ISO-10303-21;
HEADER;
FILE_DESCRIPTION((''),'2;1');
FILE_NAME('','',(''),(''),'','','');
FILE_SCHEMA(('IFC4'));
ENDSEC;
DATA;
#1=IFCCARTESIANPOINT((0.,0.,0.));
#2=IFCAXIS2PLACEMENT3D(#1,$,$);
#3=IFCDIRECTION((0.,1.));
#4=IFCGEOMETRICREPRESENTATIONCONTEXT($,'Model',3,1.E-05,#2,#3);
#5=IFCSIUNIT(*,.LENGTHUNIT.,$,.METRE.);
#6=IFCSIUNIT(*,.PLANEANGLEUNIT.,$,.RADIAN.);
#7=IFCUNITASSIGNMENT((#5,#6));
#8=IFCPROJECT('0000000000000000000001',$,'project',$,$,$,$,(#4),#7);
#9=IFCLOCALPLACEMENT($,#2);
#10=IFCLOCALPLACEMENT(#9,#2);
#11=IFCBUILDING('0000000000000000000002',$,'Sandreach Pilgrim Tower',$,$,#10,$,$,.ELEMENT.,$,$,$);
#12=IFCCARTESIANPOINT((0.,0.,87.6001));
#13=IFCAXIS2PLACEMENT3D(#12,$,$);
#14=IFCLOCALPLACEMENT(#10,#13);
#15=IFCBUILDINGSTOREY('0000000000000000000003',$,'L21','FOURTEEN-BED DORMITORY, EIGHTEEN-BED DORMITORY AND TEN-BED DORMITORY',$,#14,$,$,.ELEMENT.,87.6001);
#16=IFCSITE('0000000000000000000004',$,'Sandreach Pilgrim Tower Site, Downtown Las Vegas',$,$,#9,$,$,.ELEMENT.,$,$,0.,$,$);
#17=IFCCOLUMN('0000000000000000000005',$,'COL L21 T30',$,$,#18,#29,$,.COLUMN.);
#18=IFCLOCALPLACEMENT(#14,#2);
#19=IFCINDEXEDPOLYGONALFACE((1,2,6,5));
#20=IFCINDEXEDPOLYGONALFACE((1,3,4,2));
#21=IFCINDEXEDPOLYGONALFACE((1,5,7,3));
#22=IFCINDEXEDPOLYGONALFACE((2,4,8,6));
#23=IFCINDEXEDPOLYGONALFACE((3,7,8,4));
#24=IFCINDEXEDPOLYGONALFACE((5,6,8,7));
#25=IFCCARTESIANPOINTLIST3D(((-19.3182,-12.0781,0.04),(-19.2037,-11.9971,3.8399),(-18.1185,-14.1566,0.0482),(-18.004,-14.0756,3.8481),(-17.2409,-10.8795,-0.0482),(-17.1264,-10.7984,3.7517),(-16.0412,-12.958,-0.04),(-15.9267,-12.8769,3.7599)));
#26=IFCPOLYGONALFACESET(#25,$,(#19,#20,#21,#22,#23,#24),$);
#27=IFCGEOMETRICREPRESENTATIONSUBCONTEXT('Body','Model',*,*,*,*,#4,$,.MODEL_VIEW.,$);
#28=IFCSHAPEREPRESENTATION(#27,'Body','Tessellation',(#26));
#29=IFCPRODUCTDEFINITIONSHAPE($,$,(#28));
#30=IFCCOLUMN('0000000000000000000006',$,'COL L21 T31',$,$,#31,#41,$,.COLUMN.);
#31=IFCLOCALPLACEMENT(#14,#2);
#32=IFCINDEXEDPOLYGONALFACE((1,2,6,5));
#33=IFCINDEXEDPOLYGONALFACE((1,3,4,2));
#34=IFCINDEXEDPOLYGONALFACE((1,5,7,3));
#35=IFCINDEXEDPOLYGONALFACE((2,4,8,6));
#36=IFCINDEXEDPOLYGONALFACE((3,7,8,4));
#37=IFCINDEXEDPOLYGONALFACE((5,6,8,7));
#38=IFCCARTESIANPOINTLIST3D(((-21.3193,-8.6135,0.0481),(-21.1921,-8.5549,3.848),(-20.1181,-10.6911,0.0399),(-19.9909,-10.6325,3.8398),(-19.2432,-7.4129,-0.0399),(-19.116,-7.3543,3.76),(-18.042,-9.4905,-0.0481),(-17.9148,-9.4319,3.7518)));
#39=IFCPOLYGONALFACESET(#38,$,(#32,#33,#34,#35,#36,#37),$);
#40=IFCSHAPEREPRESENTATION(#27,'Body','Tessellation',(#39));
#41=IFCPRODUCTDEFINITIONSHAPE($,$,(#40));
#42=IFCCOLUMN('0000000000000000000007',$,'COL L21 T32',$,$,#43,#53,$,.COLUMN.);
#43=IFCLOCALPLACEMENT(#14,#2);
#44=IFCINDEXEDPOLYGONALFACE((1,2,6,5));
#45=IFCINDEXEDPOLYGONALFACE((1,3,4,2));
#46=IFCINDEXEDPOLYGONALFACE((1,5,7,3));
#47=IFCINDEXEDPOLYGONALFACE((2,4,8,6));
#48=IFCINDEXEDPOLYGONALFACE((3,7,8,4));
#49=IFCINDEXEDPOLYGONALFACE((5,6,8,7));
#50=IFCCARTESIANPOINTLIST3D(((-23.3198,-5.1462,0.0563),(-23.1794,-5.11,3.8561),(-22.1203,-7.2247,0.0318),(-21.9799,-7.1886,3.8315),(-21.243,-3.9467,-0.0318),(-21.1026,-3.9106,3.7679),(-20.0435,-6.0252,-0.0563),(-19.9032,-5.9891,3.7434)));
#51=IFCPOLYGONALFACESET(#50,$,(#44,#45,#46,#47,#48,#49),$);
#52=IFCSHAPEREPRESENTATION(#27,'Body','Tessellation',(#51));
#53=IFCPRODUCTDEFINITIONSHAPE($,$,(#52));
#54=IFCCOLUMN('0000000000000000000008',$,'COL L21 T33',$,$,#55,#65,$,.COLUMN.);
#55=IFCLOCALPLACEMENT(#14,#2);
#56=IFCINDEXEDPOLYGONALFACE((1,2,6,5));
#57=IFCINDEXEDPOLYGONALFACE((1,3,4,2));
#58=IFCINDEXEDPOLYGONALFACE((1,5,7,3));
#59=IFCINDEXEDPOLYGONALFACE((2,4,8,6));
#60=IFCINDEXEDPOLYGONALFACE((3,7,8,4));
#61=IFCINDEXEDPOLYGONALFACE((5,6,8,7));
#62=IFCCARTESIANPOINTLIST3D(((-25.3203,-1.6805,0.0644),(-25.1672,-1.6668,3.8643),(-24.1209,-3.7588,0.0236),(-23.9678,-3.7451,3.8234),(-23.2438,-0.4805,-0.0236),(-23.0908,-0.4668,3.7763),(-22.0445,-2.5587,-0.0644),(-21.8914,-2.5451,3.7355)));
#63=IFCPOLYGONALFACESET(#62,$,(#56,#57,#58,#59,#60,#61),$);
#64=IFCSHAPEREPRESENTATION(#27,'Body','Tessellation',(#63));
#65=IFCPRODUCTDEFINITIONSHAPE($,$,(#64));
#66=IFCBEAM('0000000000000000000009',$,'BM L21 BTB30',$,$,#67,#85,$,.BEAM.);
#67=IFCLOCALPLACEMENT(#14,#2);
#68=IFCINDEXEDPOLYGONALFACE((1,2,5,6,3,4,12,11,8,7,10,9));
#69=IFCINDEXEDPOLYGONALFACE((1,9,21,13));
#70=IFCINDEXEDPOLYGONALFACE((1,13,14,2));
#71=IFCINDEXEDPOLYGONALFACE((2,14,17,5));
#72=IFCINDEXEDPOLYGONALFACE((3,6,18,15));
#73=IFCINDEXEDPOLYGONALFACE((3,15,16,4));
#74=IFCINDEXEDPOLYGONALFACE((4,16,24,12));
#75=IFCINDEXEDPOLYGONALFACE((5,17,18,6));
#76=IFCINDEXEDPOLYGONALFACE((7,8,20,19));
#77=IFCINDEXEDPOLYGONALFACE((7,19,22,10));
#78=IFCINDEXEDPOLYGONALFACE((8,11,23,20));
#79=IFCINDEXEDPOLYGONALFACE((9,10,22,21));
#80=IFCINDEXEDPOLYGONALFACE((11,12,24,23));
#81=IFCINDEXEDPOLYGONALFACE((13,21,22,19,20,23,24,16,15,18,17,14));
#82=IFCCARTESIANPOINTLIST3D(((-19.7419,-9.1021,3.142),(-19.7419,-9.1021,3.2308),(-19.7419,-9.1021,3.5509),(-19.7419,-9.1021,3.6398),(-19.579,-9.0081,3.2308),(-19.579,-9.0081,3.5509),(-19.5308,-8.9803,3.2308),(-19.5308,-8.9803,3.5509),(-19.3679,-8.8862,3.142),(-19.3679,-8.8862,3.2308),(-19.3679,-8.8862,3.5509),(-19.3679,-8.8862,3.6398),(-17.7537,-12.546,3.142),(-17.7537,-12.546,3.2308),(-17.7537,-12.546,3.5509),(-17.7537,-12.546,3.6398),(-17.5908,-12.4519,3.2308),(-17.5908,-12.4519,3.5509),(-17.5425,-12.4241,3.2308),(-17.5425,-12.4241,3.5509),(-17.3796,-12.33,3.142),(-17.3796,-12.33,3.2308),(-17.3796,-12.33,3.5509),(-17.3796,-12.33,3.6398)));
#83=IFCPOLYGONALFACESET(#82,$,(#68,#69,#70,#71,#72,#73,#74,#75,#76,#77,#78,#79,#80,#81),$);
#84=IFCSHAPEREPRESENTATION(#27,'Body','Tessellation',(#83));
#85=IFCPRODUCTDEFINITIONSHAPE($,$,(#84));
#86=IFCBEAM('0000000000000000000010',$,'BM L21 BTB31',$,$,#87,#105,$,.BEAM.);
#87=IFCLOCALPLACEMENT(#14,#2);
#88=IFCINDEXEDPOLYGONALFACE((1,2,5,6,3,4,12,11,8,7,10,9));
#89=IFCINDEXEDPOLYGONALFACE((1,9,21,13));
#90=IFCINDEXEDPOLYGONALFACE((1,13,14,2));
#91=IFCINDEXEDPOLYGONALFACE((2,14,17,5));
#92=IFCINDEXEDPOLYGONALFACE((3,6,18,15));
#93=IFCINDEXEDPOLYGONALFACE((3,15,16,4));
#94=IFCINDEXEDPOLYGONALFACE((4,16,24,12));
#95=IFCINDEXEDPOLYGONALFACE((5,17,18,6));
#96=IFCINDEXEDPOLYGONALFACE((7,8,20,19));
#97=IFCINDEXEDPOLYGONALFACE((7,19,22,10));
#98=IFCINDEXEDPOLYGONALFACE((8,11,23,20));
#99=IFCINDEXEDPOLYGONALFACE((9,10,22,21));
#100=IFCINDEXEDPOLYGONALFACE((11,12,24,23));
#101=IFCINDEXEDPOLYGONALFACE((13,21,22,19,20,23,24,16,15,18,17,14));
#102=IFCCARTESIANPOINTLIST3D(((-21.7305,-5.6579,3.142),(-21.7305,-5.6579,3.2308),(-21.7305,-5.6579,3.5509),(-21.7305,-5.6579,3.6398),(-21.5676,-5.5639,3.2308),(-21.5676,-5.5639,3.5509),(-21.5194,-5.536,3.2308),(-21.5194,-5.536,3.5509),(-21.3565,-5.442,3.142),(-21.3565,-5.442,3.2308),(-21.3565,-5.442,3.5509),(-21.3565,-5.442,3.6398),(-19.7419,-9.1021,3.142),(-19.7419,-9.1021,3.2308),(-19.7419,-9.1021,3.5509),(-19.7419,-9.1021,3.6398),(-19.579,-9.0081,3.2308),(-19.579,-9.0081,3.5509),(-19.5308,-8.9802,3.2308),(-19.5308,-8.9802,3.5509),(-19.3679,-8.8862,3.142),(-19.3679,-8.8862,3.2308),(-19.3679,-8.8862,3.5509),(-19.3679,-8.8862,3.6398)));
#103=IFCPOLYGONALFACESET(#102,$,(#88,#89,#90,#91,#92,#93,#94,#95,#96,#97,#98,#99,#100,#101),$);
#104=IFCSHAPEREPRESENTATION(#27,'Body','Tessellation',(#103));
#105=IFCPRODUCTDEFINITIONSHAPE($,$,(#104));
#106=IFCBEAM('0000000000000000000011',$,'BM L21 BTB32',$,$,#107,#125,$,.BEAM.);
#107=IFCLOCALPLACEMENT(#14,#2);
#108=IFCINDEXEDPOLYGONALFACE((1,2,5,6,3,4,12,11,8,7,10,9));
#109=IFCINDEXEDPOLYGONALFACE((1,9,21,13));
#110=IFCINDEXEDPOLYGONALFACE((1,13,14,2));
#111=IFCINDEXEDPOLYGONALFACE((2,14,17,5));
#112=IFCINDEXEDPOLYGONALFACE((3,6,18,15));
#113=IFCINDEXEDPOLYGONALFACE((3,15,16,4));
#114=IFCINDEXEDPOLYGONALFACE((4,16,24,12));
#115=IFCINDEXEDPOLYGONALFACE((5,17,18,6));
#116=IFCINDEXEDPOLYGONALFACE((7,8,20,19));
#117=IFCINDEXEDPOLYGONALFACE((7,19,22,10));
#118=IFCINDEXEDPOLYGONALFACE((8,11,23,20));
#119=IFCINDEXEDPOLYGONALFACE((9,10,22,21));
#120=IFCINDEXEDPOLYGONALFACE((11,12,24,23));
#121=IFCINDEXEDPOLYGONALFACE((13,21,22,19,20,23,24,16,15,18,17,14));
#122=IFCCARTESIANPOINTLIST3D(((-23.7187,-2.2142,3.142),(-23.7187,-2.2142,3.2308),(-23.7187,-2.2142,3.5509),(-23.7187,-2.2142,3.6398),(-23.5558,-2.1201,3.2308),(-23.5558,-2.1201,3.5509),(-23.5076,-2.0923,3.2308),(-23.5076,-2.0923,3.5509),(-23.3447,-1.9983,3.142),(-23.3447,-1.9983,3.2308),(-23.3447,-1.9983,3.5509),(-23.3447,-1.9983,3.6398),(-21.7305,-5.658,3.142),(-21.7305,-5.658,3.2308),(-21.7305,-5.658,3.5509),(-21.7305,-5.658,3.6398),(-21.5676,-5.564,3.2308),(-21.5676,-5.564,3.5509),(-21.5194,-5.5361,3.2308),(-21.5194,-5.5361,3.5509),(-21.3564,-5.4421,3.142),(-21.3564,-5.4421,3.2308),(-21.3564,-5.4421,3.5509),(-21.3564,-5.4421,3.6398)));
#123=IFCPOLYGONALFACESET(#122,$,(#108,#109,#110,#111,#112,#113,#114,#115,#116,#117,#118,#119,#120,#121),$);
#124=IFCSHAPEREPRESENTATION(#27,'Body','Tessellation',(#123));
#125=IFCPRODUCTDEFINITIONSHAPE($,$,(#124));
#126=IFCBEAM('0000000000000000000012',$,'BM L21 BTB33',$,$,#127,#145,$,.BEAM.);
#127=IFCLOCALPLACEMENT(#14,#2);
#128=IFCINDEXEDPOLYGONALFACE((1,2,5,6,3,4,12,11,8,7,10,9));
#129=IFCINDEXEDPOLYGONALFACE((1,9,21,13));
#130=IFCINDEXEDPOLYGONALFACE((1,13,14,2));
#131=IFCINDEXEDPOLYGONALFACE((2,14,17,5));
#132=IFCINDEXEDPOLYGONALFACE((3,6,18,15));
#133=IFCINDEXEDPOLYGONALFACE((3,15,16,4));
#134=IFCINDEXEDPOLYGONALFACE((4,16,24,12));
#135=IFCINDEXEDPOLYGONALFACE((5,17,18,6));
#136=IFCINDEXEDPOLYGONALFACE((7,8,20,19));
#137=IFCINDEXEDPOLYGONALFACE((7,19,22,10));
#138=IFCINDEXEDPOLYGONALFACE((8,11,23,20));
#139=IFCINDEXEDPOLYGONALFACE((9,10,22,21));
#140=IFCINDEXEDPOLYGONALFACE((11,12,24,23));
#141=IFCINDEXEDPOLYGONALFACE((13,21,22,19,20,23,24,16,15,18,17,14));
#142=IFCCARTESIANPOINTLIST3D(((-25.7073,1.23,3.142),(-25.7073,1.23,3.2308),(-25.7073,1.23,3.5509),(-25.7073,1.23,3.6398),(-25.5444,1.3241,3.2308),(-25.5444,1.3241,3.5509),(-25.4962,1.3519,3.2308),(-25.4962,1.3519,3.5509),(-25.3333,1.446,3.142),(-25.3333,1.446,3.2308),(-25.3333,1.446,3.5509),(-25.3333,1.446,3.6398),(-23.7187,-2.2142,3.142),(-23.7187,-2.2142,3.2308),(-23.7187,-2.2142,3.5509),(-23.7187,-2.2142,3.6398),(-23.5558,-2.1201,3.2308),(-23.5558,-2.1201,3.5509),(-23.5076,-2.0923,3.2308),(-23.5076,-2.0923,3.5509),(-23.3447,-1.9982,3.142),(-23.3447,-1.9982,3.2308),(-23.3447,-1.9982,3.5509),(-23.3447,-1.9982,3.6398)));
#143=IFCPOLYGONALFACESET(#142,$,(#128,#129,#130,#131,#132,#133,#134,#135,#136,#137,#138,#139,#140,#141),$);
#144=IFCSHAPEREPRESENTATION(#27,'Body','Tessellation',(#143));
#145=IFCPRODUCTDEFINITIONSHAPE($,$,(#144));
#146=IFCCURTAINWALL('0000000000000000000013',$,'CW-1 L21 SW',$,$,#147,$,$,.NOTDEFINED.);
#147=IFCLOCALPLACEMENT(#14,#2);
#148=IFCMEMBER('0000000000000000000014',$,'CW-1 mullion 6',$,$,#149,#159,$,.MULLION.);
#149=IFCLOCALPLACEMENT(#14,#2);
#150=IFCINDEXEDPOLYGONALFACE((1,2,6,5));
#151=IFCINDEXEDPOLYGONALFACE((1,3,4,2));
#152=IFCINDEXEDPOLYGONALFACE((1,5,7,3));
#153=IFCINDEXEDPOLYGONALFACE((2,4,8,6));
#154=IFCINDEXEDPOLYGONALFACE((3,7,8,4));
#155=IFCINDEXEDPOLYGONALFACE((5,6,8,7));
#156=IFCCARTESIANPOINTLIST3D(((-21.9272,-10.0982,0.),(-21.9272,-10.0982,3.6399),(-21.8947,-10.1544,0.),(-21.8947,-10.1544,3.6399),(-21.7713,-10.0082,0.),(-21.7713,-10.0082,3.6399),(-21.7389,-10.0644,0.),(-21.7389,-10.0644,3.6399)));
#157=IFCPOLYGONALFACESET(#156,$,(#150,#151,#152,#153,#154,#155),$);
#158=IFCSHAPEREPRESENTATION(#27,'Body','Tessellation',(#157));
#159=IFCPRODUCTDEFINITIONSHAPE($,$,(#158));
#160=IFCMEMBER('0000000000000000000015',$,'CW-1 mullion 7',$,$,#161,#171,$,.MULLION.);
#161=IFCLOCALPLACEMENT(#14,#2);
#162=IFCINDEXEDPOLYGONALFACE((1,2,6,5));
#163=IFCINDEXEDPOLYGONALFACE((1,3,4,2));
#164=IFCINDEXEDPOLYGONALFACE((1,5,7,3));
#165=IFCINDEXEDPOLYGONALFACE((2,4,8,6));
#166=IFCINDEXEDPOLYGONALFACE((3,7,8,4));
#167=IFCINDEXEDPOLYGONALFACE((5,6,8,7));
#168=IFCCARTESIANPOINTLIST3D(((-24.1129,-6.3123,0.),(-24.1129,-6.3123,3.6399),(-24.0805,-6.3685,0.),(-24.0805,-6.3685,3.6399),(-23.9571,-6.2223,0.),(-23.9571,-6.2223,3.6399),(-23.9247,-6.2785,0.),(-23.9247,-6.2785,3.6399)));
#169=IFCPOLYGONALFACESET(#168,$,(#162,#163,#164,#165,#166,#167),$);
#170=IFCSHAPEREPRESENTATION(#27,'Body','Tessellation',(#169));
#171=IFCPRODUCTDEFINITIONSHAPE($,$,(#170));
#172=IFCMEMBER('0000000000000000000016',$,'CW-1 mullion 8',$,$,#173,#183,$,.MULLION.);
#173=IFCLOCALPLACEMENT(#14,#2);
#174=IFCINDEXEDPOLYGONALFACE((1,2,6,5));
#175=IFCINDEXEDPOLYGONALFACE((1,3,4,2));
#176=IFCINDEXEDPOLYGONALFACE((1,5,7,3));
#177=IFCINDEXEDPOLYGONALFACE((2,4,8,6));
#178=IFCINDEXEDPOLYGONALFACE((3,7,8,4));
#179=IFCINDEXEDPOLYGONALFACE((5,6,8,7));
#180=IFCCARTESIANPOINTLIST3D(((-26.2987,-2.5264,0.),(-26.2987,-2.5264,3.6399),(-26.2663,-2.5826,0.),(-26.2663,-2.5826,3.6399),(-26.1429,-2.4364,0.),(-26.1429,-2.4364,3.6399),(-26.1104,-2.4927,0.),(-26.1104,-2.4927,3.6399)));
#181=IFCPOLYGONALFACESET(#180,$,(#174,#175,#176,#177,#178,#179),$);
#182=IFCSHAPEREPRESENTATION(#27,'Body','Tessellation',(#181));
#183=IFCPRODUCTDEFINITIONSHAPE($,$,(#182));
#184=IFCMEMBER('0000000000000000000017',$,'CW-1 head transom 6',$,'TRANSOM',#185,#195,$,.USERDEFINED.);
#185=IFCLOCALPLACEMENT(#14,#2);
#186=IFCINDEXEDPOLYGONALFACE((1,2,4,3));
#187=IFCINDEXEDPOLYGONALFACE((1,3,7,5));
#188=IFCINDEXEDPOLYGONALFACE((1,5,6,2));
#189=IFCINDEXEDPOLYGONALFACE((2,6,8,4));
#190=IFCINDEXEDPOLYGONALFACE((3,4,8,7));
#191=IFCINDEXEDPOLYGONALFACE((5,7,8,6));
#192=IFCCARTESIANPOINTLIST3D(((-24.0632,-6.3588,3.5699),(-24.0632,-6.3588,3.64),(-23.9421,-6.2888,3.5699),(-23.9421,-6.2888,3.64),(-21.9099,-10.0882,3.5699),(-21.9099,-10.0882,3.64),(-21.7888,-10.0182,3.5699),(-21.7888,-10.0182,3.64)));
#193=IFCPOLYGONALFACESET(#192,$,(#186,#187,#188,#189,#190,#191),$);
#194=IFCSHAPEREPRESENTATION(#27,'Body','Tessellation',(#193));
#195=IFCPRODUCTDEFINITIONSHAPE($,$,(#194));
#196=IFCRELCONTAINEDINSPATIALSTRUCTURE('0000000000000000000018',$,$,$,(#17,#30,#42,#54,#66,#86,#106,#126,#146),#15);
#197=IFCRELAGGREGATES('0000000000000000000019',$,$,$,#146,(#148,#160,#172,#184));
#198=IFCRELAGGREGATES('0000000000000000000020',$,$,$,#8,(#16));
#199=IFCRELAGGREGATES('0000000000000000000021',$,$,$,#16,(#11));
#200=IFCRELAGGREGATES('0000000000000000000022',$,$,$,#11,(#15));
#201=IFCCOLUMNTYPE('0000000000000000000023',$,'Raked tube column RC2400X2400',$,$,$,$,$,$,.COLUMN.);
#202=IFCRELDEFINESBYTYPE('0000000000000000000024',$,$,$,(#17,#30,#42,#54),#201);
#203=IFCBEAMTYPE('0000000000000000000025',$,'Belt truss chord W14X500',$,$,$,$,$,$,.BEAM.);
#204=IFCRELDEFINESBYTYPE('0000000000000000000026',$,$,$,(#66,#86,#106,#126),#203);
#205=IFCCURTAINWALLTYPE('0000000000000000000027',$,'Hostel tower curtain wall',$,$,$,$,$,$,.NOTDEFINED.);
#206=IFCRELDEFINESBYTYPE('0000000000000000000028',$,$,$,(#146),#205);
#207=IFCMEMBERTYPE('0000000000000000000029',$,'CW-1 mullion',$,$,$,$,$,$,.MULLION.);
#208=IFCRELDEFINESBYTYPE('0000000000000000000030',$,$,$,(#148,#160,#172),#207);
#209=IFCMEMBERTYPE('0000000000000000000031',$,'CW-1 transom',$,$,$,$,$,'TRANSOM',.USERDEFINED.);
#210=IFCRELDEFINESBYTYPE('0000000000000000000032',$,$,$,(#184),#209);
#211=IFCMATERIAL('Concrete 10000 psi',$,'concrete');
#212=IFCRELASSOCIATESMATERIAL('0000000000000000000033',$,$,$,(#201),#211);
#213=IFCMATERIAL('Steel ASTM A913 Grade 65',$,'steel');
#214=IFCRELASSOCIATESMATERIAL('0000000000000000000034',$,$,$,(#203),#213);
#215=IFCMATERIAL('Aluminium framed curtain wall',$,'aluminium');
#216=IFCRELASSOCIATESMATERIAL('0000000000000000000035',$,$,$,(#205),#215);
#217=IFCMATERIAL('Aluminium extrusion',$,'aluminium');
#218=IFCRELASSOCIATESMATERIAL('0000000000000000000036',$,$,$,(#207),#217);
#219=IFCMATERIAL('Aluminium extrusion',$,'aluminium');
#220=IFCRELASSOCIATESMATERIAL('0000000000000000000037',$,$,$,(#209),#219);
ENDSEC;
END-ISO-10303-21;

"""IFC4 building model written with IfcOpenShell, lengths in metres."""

from ifc_helpers import new_model, si_unit, direction, frame, origin, origin_2d, place, context, subcontext, project, spatial, rectangle, i_section, extrude, material, material_profile, profile_set, type_object, element, aggregate, save


model = new_model("IFC4")

# Units and contexts
model_context = context("Model", 3, precision=1e-05, world=origin(), true_north=direction((0.0, 1.0)))
body_context = subcontext(model_context, "Body", "Model", "MODEL_VIEW")
ifc_project = project(units=[si_unit("LENGTHUNIT", "METRE"), si_unit("PLANEANGLEUNIT", "RADIAN")], contexts=[model_context])

# Site, building, storey
site_placement = place(None, origin())
site = spatial("IfcSite", under=ifc_project, at=site_placement, Name="Sandreach Pilgrim Tower Site, Downtown Las Vegas", CompositionType="ELEMENT", RefElevation=0.0)
building_placement = place(site_placement, origin())
building = spatial("IfcBuilding", under=site, at=building_placement, Name="Sandreach Pilgrim Tower", CompositionType="ELEMENT")
storey_placement = place(building_placement, frame((0.0, 0.0, 87.6001)))
storey = spatial("IfcBuildingStorey", under=building, at=storey_placement, Name="L21", Description="FOURTEEN-BED DORMITORY, EIGHTEEN-BED DORMITORY AND TEN-BED DORMITORY", CompositionType="ELEMENT", Elevation=87.6001)

# Columns
ifc_material_1 = material(Name="Concrete 10000 psi", Category="concrete")
ifc_material_profile_1 = material_profile(ifc_material_1, rectangle(XDim=2.3999, YDim=2.3999, at=origin_2d()), Name="RC2400X2400")
ifc_profile_set_1 = profile_set([ifc_material_profile_1], Name="Concrete 10000 psi")
column_type = type_object("IfcColumnType", Name="Raked tube column RC2400X2400", PredefinedType="COLUMN", material=ifc_profile_set_1)
for number, where, z_axis, x_axis, name in (
    (1, (-17.6797, -12.5181, 0.0), (0.030113, 0.021317, 0.999319), (-0.865558, -0.49946, 0.036737), "COL L21 T30"),
    (2, (-19.6807, -9.052, 0.0), (0.033452, 0.01541, 0.999322), (-0.865086, -0.500282, 0.036673), "COL L21 T31"),
    (3, (-21.6816, -5.5857, 0.0), (0.036917, 0.009502, 0.999273), (-0.865363, -0.499798, 0.036723), "COL L21 T32"),
):
    element("IfcColumn", number, at=place(storey_placement, frame(where, z_axis=z_axis, x_axis=x_axis)), inside=storey, type_object=column_type, Name=name, PredefinedType="COLUMN", context=body_context, shape_type="SweptSolid", body=[
        extrude(rectangle(XDim=2.3999, YDim=2.3999, at=origin_2d()), origin(), (0.0, 0.0, 1.0), 3.8025),
    ])
column_placement = place(storey_placement, frame((-23.6824, -2.1196, 0.0), z_axis=(0.040252, 0.003595, 0.999183), x_axis=(-0.865224, -0.500044, 0.036655)))
element("IfcColumn", 4, at=column_placement, inside=storey, type_object=column_type, Name="COL L21 T33", PredefinedType="COLUMN", context=body_context, shape_type="SweptSolid", body=[
    extrude(rectangle(XDim=2.3999, YDim=2.3999, at=origin_2d()), origin(), (0.0, 0.0, 1.0), 3.803),
])

# Beams
ifc_material_2 = material(Name="Steel ASTM A913 Grade 65", Category="steel")
ifc_material_profile_2 = material_profile(ifc_material_2, i_section(OverallWidth=0.4319, OverallDepth=0.4978, WebThickness=0.0557, FlangeThickness=0.0889, at=origin_2d()), Name="W14X500")
ifc_profile_set_2 = profile_set([ifc_material_profile_2], Name="Steel ASTM A913 Grade 65")
beam_type_1 = type_object("IfcBeamType", Name="Belt truss chord W14X500", PredefinedType="BEAM", material=ifc_profile_set_2)
beam_1_placement = place(storey_placement, frame((-17.5667, -12.438, 3.3909), z_axis=(-0.499995, 0.866028, 0.0), x_axis=(-0.866028, -0.499995, 0.0)))
element("IfcBeam", 5, at=beam_1_placement, inside=storey, type_object=beam_type_1, Name="BM L21 BTB30", PredefinedType="BEAM", context=body_context, shape_type="SweptSolid", body=[
    extrude(i_section(OverallWidth=0.4319, OverallDepth=0.4978, WebThickness=0.0557, FlangeThickness=0.0889, at=origin_2d()), origin(), (0.0, 0.0, 1.0), 3.9766),
])
beam_2_placement = place(storey_placement, frame((-19.5549, -8.9941, 3.3909), z_axis=(-0.500015, 0.866017, 0.0), x_axis=(-0.866017, -0.500015, 0.0)))
element("IfcBeam", 6, at=beam_2_placement, inside=storey, type_object=beam_type_1, Name="BM L21 BTB31", PredefinedType="BEAM", context=body_context, shape_type="SweptSolid", body=[
    extrude(i_section(OverallWidth=0.4319, OverallDepth=0.4978, WebThickness=0.0557, FlangeThickness=0.0889, at=origin_2d()), origin(), (0.0, 0.0, 1.0), 3.9771),
])
beam_3_placement = place(storey_placement, frame((-21.5435, -5.55, 3.3909), z_axis=(-0.499995, 0.866028, 0.0), x_axis=(-0.866028, -0.499995, 0.0)))
element("IfcBeam", 7, at=beam_3_placement, inside=storey, type_object=beam_type_1, Name="BM L21 BTB32", PredefinedType="BEAM", context=body_context, shape_type="SweptSolid", body=[
    extrude(i_section(OverallWidth=0.4319, OverallDepth=0.4978, WebThickness=0.0557, FlangeThickness=0.0889, at=origin_2d()), origin(), (0.0, 0.0, 1.0), 3.9766),
])
beam_4_placement = place(storey_placement, frame((-23.5317, -2.1062, 3.3909), z_axis=(-0.500015, 0.866017, 0.0), x_axis=(-0.866017, -0.500015, 0.0)))
element("IfcBeam", 8, at=beam_4_placement, inside=storey, type_object=beam_type_1, Name="BM L21 BTB33", PredefinedType="BEAM", context=body_context, shape_type="SweptSolid", body=[
    extrude(i_section(OverallWidth=0.4319, OverallDepth=0.4978, WebThickness=0.0557, FlangeThickness=0.0889, at=origin_2d()), origin(), (0.0, 0.0, 1.0), 3.9771),
])

# Curtain wall, members
ifc_material_3 = material(Name="Aluminium framed curtain wall", Category="aluminium")
curtain_wall_type = type_object("IfcCurtainWallType", Name="Hostel tower curtain wall", PredefinedType="NOTDEFINED", material=ifc_material_3)
curtain_wall_placement = place(storey_placement, origin())
curtain_wall = element("IfcCurtainWall", 9, at=curtain_wall_placement, inside=storey, type_object=curtain_wall_type, Name="CW-1 L21 SW", PredefinedType="NOTDEFINED")
ifc_material_4 = material(Name="Aluminium extrusion", Category="aluminium")
ifc_material_profile_3 = material_profile(ifc_material_4, rectangle(XDim=0.0649, YDim=0.1799, at=origin_2d()), Name="CW-1M 65X180")
ifc_profile_set_3 = profile_set([ifc_material_profile_3], Name="Aluminium extrusion")
member_type_1 = type_object("IfcMemberType", Name="CW-1 mullion", PredefinedType="MULLION", material=ifc_profile_set_3)
member_1_placement = place(storey_placement, frame((-21.833, -10.0813, 0.0), z_axis=(0.0, 0.0, 1.0), x_axis=(-0.5, 0.866025, 0.0)))
member_1 = element("IfcMember", 10, at=member_1_placement, type_object=member_type_1, Name="CW-1 mullion 6", PredefinedType="MULLION", context=body_context, shape_type="SweptSolid", body=[
    extrude(rectangle(XDim=0.0649, YDim=0.1799, at=origin_2d()), origin(), (0.0, 0.0, 1.0), 3.6399),
])
member_2_placement = place(storey_placement, frame((-24.0188, -6.2954, 0.0), z_axis=(0.0, 0.0, 1.0), x_axis=(-0.5, 0.866025, 0.0)))
member_2 = element("IfcMember", 11, at=member_2_placement, type_object=member_type_1, Name="CW-1 mullion 7", PredefinedType="MULLION", context=body_context, shape_type="SweptSolid", body=[
    extrude(rectangle(XDim=0.0649, YDim=0.1799, at=origin_2d()), origin(), (0.0, 0.0, 1.0), 3.6399),
])
member_3_placement = place(storey_placement, frame((-26.2046, -2.5095, 0.0), z_axis=(0.0, 0.0, 1.0), x_axis=(-0.5, 0.866025, 0.0)))
member_3 = element("IfcMember", 12, at=member_3_placement, type_object=member_type_1, Name="CW-1 mullion 8", PredefinedType="MULLION", context=body_context, shape_type="SweptSolid", body=[
    extrude(rectangle(XDim=0.0649, YDim=0.1799, at=origin_2d()), origin(), (0.0, 0.0, 1.0), 3.6399),
])
ifc_material_5 = material(Name="Aluminium extrusion", Category="aluminium")
ifc_material_profile_4 = material_profile(ifc_material_5, rectangle(XDim=0.1399, YDim=0.0701, at=origin_2d()), Name="CW-1T 140X70")
ifc_profile_set_4 = profile_set([ifc_material_profile_4], Name="Aluminium extrusion")
member_type_2 = type_object("IfcMemberType", Name="CW-1 transom", ElementType="TRANSOM", PredefinedType="USERDEFINED", material=ifc_profile_set_4)
member_4_placement = place(storey_placement, frame((-21.8494, -10.0532, 3.605), z_axis=(-0.500017, 0.866016, 0.0), x_axis=(-0.866016, -0.500017, 0.0)))
member_4 = element("IfcMember", 13, at=member_4_placement, type_object=member_type_2, Name="CW-1 head transom 6", ObjectType="TRANSOM", PredefinedType="USERDEFINED", context=body_context, shape_type="SweptSolid", body=[
    extrude(rectangle(XDim=0.1399, YDim=0.0701, at=origin_2d()), origin(), (0.0, 0.0, 1.0), 4.3064),
])

aggregate(curtain_wall, [member_1, member_2, member_3, member_4])

save(model, "model.ifc")
